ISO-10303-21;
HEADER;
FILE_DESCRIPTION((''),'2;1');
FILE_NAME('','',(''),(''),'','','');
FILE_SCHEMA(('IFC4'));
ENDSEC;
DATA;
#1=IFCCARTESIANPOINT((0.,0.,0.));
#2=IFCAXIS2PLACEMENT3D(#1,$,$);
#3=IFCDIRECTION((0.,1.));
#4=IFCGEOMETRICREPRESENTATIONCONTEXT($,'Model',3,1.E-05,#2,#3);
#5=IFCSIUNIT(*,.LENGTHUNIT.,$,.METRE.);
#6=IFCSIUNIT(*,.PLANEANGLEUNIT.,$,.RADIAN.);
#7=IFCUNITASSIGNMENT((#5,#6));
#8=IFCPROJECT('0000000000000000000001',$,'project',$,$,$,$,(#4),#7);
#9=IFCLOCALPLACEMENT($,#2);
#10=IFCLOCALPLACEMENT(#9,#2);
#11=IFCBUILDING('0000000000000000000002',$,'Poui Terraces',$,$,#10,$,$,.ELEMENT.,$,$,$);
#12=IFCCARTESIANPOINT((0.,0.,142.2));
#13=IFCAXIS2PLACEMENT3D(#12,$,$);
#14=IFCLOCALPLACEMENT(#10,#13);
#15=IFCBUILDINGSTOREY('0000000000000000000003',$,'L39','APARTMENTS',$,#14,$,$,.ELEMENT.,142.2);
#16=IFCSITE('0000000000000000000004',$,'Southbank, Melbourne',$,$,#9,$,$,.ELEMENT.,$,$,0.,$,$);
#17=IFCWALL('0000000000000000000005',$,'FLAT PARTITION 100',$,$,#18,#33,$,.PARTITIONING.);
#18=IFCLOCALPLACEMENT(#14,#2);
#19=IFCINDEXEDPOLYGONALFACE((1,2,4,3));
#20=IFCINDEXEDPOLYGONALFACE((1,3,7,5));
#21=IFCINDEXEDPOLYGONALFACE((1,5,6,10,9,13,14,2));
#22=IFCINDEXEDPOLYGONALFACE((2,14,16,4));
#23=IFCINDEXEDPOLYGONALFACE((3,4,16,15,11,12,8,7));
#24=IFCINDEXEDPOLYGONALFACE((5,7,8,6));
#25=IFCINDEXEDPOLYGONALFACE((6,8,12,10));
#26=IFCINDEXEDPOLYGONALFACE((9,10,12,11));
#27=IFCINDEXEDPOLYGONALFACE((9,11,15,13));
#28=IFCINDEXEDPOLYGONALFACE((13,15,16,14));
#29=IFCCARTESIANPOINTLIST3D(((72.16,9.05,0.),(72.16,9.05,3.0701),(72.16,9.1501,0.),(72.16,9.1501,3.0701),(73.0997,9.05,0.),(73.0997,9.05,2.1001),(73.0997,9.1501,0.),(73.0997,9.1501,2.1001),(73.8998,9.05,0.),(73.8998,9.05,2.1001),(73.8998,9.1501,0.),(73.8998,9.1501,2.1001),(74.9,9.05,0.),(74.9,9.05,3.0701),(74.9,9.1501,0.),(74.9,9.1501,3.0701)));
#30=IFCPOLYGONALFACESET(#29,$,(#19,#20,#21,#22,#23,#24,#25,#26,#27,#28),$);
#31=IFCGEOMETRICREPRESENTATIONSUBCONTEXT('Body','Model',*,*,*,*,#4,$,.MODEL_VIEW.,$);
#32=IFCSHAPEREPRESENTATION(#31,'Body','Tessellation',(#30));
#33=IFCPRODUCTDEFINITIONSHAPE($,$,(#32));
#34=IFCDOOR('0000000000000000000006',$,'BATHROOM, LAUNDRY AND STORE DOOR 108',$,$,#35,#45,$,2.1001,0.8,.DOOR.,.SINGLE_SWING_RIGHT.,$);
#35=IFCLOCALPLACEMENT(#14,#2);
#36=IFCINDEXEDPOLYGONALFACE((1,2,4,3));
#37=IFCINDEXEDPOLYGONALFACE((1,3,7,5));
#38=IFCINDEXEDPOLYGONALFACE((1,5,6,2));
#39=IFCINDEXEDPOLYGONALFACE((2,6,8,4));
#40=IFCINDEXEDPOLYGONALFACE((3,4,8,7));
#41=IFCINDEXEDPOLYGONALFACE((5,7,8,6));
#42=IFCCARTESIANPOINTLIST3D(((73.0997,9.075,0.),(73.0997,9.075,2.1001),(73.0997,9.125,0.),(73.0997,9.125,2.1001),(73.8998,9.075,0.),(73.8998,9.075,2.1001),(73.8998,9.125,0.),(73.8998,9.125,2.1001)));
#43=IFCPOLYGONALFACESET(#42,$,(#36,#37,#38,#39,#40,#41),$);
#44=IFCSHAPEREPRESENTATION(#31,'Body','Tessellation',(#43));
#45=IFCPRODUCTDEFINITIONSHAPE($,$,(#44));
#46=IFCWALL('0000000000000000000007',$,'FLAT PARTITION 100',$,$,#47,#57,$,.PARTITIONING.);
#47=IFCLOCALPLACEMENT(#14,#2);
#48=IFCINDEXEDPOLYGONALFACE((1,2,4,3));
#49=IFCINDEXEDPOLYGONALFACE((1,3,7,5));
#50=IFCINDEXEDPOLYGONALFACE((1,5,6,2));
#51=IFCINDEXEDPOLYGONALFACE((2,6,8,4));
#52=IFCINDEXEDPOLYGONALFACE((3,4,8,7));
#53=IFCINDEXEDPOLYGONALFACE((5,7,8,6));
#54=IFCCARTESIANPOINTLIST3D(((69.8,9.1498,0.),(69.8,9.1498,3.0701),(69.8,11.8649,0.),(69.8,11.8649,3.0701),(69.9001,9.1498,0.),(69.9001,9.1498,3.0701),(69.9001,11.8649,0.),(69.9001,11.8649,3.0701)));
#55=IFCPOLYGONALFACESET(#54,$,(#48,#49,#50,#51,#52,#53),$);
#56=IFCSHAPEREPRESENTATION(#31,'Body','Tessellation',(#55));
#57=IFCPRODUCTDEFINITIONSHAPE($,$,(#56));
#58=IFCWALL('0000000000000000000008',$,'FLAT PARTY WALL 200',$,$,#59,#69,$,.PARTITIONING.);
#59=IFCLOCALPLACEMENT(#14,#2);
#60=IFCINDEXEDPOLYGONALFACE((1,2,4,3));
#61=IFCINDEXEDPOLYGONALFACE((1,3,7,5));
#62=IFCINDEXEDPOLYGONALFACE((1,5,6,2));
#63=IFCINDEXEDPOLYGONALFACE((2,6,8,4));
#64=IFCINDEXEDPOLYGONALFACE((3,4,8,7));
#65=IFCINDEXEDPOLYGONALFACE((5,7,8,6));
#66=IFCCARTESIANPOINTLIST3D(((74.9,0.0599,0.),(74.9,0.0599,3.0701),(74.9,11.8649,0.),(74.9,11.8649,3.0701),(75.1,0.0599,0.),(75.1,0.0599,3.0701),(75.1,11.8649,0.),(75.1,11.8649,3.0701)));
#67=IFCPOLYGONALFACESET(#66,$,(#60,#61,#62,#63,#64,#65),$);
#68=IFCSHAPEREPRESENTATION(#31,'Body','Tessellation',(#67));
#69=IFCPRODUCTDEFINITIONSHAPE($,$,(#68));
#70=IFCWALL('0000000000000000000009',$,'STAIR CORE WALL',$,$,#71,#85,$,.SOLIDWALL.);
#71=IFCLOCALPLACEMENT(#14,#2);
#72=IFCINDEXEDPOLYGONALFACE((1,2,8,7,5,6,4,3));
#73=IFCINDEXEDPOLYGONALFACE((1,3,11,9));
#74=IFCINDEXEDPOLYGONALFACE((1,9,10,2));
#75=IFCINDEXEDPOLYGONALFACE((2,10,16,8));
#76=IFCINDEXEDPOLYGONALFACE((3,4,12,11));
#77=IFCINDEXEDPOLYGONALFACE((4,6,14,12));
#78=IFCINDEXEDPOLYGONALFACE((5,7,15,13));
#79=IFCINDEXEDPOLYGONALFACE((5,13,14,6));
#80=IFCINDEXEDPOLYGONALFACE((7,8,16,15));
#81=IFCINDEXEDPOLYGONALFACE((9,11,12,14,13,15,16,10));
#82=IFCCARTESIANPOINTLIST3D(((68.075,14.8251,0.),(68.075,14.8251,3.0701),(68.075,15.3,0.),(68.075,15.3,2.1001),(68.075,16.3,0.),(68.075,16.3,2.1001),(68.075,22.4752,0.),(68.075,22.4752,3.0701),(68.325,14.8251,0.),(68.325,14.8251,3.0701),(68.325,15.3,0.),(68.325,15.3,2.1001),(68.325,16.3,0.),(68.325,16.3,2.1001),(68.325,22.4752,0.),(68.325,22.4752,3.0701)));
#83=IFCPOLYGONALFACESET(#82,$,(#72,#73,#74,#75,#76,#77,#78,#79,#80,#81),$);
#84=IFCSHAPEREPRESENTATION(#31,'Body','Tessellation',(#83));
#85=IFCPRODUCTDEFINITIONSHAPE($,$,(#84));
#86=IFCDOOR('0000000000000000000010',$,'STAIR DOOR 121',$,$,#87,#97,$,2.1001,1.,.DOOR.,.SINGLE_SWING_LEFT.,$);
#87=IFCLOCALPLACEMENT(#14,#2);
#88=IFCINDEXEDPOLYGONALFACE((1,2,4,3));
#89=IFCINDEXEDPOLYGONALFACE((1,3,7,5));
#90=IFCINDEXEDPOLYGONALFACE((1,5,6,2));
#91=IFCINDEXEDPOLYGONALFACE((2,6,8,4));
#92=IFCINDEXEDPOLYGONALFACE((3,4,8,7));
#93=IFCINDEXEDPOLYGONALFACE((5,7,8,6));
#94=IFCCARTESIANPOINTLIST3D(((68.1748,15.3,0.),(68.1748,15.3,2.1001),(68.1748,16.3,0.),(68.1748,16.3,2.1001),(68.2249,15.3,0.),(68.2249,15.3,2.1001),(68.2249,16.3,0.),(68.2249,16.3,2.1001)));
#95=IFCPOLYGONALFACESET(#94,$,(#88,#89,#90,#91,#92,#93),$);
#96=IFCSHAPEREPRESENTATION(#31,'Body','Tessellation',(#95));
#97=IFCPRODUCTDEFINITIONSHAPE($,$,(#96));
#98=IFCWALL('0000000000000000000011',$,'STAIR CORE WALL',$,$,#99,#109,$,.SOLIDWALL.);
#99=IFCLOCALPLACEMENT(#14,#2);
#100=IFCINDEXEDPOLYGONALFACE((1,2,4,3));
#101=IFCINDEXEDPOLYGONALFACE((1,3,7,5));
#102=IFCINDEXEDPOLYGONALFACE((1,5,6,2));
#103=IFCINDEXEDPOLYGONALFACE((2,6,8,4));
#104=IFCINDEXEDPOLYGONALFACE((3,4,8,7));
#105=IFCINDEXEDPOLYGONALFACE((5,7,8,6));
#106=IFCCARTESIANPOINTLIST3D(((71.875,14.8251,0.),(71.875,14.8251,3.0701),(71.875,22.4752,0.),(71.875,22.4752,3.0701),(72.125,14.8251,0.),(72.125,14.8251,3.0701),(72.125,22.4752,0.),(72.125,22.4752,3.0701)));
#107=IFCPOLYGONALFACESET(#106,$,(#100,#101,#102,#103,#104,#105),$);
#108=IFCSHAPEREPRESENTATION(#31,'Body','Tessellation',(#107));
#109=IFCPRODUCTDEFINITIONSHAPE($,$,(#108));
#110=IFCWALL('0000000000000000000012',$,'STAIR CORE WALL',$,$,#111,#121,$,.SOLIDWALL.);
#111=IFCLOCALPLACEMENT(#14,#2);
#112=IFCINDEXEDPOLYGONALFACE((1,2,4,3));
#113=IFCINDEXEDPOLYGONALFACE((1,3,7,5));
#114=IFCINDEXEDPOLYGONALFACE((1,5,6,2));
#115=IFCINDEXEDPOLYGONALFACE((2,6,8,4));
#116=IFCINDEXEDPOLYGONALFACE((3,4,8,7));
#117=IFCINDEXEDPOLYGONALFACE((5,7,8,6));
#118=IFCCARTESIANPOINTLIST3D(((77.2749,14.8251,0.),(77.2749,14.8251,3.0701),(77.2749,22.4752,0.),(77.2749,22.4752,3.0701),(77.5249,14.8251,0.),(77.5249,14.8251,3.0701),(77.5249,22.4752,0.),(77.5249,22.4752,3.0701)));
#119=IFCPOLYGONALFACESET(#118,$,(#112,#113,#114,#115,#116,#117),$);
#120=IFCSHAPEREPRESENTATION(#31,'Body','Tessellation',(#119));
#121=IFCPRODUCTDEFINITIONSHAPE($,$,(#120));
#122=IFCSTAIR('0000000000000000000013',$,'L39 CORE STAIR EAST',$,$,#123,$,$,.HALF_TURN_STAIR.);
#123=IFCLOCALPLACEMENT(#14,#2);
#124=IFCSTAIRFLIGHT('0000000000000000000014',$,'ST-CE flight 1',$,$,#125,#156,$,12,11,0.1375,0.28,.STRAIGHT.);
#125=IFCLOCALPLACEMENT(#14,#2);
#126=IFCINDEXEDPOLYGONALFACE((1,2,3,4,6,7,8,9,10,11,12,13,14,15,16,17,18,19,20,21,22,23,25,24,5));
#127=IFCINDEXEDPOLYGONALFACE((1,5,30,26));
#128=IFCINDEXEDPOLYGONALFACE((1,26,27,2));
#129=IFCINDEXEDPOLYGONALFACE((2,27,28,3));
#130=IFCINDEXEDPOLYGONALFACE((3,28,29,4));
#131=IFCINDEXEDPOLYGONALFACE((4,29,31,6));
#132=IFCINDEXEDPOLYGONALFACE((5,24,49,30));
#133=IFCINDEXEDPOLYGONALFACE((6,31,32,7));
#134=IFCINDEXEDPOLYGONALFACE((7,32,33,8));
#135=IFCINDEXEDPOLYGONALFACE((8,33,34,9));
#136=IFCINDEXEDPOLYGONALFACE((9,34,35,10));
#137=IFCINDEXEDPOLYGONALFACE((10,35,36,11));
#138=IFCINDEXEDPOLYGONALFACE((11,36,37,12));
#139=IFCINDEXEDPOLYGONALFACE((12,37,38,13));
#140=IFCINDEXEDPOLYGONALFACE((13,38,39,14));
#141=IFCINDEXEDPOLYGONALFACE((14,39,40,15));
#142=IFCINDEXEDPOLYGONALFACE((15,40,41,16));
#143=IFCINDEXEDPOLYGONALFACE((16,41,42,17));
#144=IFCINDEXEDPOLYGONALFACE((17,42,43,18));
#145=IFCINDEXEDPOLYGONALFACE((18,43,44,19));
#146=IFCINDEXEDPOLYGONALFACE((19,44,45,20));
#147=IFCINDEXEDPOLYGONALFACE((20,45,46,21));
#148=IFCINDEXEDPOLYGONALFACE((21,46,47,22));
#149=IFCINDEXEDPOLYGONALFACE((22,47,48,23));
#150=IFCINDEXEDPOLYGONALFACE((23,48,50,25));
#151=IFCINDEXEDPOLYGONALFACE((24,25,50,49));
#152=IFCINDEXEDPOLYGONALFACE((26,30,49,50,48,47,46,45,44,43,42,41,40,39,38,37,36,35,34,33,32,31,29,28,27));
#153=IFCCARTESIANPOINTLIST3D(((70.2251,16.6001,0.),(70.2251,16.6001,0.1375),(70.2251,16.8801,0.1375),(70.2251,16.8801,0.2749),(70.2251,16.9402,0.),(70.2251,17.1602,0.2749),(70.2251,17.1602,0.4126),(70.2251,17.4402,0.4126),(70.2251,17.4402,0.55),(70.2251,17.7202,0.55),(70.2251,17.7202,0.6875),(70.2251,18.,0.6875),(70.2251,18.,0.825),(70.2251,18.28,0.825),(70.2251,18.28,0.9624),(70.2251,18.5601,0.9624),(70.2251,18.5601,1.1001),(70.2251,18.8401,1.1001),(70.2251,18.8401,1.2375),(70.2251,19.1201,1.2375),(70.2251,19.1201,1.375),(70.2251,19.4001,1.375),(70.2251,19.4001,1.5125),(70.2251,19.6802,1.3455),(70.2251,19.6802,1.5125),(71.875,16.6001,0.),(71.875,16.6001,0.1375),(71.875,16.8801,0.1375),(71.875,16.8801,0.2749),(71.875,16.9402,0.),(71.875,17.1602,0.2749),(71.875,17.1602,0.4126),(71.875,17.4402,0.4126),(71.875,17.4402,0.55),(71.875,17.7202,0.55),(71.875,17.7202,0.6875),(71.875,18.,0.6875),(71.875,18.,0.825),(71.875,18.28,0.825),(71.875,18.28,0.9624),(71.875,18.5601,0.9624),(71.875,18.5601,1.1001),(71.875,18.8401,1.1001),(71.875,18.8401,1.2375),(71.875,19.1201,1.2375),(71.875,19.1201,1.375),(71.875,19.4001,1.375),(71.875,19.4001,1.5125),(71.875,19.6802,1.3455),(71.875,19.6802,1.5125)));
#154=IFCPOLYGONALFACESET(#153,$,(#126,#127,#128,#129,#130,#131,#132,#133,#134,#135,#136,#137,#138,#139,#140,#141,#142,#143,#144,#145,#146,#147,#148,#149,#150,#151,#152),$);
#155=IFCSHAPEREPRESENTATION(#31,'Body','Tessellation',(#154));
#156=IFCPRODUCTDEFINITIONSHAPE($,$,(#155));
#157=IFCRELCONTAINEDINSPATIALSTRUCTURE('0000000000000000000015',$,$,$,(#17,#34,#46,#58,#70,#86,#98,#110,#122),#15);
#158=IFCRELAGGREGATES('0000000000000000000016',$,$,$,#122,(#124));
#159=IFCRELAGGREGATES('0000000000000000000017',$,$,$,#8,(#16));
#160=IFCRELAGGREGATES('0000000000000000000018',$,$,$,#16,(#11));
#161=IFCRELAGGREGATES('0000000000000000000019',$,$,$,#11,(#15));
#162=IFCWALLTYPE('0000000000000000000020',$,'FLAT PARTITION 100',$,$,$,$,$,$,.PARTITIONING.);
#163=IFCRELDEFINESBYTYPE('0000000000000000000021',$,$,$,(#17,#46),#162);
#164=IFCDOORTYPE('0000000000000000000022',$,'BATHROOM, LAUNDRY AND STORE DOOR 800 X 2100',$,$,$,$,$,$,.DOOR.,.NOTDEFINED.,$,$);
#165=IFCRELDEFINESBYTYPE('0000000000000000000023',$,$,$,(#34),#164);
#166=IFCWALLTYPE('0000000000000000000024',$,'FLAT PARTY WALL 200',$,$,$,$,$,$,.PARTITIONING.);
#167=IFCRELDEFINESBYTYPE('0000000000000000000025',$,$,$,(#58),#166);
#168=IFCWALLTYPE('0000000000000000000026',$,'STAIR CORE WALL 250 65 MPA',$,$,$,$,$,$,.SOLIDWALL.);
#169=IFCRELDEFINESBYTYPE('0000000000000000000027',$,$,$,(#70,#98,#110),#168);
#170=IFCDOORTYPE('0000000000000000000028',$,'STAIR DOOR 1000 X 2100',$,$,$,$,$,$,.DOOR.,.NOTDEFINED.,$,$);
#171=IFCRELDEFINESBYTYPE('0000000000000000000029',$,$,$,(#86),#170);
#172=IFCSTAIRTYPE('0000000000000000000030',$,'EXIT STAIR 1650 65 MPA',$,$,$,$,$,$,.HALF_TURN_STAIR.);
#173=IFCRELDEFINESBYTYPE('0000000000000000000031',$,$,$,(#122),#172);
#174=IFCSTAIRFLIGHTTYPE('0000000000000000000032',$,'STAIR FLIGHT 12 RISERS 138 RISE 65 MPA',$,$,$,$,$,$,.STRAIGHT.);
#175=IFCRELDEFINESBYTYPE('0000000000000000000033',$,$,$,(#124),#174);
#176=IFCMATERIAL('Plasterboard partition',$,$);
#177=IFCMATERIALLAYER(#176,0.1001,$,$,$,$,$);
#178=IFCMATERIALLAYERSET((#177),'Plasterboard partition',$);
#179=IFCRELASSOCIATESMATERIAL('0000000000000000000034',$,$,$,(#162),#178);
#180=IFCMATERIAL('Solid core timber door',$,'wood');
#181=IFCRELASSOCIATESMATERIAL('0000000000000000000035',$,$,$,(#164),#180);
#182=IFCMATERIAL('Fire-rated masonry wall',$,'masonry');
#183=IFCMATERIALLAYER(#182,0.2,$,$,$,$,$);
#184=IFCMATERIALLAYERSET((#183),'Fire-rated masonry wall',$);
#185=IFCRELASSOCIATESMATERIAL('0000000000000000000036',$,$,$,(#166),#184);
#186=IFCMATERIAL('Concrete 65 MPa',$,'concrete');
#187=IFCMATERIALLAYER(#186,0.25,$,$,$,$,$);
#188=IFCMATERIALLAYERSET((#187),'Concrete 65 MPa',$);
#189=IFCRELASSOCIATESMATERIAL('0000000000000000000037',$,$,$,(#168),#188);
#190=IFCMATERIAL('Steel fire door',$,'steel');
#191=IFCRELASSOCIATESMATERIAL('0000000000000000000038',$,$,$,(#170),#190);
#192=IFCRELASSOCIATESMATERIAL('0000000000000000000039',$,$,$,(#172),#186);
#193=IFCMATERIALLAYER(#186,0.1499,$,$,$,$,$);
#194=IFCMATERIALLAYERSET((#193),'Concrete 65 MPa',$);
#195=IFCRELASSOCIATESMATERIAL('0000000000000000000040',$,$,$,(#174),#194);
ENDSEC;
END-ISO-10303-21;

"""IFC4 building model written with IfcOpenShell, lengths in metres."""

from ifc_helpers import new_model, si_unit, direction, frame, frame_2d, origin, place, context, subcontext, project, spatial, polyline, rectangle, outline, extrude, material, layer, layer_set, type_object, element, fill, aggregate, save


model = new_model("IFC4")

# Units and contexts
model_context = context("Model", 3, precision=1e-05, world=origin(), true_north=direction((0.0, 1.0)))
body_context = subcontext(model_context, "Body", "Model", "MODEL_VIEW")
ifc_project = project(units=[si_unit("LENGTHUNIT", "METRE"), si_unit("PLANEANGLEUNIT", "RADIAN")], contexts=[model_context])

# Site, building, storey
site_placement = place(None, origin())
site = spatial("IfcSite", under=ifc_project, at=site_placement, Name="Southbank, Melbourne", CompositionType="ELEMENT", RefElevation=0.0)
building_placement = place(site_placement, origin())
building = spatial("IfcBuilding", under=site, at=building_placement, Name="Poui Terraces", CompositionType="ELEMENT")
storey_placement = place(building_placement, frame((0.0, 0.0, 142.2)))
storey = spatial("IfcBuildingStorey", under=building, at=storey_placement, Name="L39", Description="APARTMENTS", CompositionType="ELEMENT", Elevation=142.2)

# Shared definitions
ifc_material_1 = material(Name="Concrete 65 MPa", Category="concrete")

# Wall, opening, door
ifc_material_2 = material(Name="Solid core timber door", Category="wood")
ifc_material_3 = material(Name="Plasterboard partition")
ifc_layer_1 = layer(ifc_material_3, 0.1001)
ifc_layer_set_1 = layer_set([ifc_layer_1], Name="Plasterboard partition")
wall_type_1 = type_object("IfcWallType", Name="FLAT PARTITION 100", PredefinedType="PARTITIONING", material=ifc_layer_set_1)
door_type_1 = type_object("IfcDoorType", Name="BATHROOM, LAUNDRY AND STORE DOOR 800 X 2100", OperationType="NOTDEFINED", PredefinedType="DOOR", material=ifc_material_2)
wall_1_placement = place(storey_placement, frame((72.1599, 9.1001, 0.0), z_axis=(0.0, 0.0, 1.0), x_axis=(1.0, 0.0, 0.0)))
wall_1 = element("IfcWall", 1, at=wall_1_placement, inside=storey, type_object=wall_type_1, Name="FLAT PARTITION 100", PredefinedType="PARTITIONING", context=body_context, shape_type="SweptSolid", body=[
    extrude(rectangle(XDim=2.74, YDim=0.1001, at=frame_2d((1.3701, 0.0))), origin(), (0.0, 0.0, 1.0), 3.0701),
])
opening_1_placement = place(wall_1_placement, frame((0.9399, 0.0, 0.0)))
opening_1 = element("IfcOpeningElement", 2, at=opening_1_placement, cuts=wall_1, PredefinedType="OPENING", context=body_context, shape_type="SweptSolid", body=[
    extrude(rectangle(XDim=0.8, YDim=2.1001, at=frame_2d((0.3999, 1.05))), frame((0.0, 0.0601, 0.0), z_axis=(0.0, -1.0, 0.0), x_axis=(1.0, 0.0, 0.0)), (0.0, 0.0, 1.0), 0.1201),
])
door_1_placement = place(opening_1_placement, origin())
door_1 = element("IfcDoor", 3, at=door_1_placement, inside=storey, type_object=door_type_1, Name="BATHROOM, LAUNDRY AND STORE DOOR 108", OperationType="SINGLE_SWING_RIGHT", OverallHeight=2.1001, OverallWidth=0.8, PredefinedType="DOOR", context=body_context, shape_type="SweptSolid", body=[
    extrude(rectangle(XDim=0.8, YDim=2.1001, at=frame_2d((0.3999, 1.05))), frame((0.0, 0.0249, 0.0), z_axis=(0.0, -1.0, 0.0), x_axis=(1.0, 0.0, 0.0)), (0.0, 0.0, 1.0), 0.05),
])
fill(opening_1, door_1)

# Walls
wall_2_placement = place(storey_placement, frame((69.8501, 9.1499, 0.0), z_axis=(0.0, 0.0, 1.0), x_axis=(0.0, 1.0, 0.0)))
element("IfcWall", 4, at=wall_2_placement, inside=storey, type_object=wall_type_1, Name="FLAT PARTITION 100", PredefinedType="PARTITIONING", context=body_context, shape_type="SweptSolid", body=[
    extrude(rectangle(XDim=2.7151, YDim=0.1001, at=frame_2d((1.3574, 0.0))), origin(), (0.0, 0.0, 1.0), 3.0701),
])
ifc_material_4 = material(Name="Fire-rated masonry wall", Category="masonry")
ifc_layer_2 = layer(ifc_material_4, 0.2)
ifc_layer_set_2 = layer_set([ifc_layer_2], Name="Fire-rated masonry wall")
wall_type_2 = type_object("IfcWallType", Name="FLAT PARTY WALL 200", PredefinedType="PARTITIONING", material=ifc_layer_set_2)
wall_3_placement = place(storey_placement, frame((75.0, 0.0601, 0.0), z_axis=(0.0, 0.0, 1.0), x_axis=(0.0, 1.0, 0.0)))
element("IfcWall", 5, at=wall_3_placement, inside=storey, type_object=wall_type_2, Name="FLAT PARTY WALL 200", PredefinedType="PARTITIONING", context=body_context, shape_type="SweptSolid", body=[
    extrude(rectangle(XDim=11.8049, YDim=0.2, at=frame_2d((5.9023, 0.0))), origin(), (0.0, 0.0, 1.0), 3.0701),
])

# Wall, opening, door
ifc_layer_3 = layer(ifc_material_1, 0.25)
ifc_layer_set_3 = layer_set([ifc_layer_3], Name="Concrete 65 MPa")
wall_type_3 = type_object("IfcWallType", Name="STAIR CORE WALL 250 65 MPA", PredefinedType="SOLIDWALL", material=ifc_layer_set_3)
wall_4_placement = place(storey_placement, frame((68.2, 14.825, 0.0), z_axis=(0.0, 0.0, 1.0), x_axis=(0.0, 1.0, 0.0)))
wall_4 = element("IfcWall", 6, at=wall_4_placement, inside=storey, type_object=wall_type_3, Name="STAIR CORE WALL", PredefinedType="SOLIDWALL", context=body_context, shape_type="SweptSolid", body=[
    extrude(rectangle(XDim=7.6501, YDim=0.25, at=frame_2d((3.8252, 0.0))), origin(), (0.0, 0.0, 1.0), 3.0701),
])
opening_2_placement = place(wall_4_placement, frame((0.4751, 0.0, 0.0)))
opening_2 = element("IfcOpeningElement", 7, at=opening_2_placement, cuts=wall_4, PredefinedType="OPENING", context=body_context, shape_type="SweptSolid", body=[
    extrude(rectangle(XDim=1.0, YDim=2.1001, at=frame_2d((0.5, 1.05))), frame((0.0, 0.135, 0.0), z_axis=(0.0, -1.0, 0.0), x_axis=(1.0, 0.0, 0.0)), (0.0, 0.0, 1.0), 0.27),
])
ifc_material_5 = material(Name="Steel fire door", Category="steel")
door_type_2 = type_object("IfcDoorType", Name="STAIR DOOR 1000 X 2100", OperationType="NOTDEFINED", PredefinedType="DOOR", material=ifc_material_5)
door_2_placement = place(opening_2_placement, frame((1.0, 0.0, 0.0), z_axis=(0.0, 0.0, 1.0), x_axis=(-1.0, 0.0, 0.0)))
door_2 = element("IfcDoor", 8, at=door_2_placement, inside=storey, type_object=door_type_2, Name="STAIR DOOR 121", OperationType="SINGLE_SWING_LEFT", OverallHeight=2.1001, OverallWidth=1.0, PredefinedType="DOOR", context=body_context, shape_type="SweptSolid", body=[
    extrude(rectangle(XDim=1.0, YDim=2.1001, at=frame_2d((0.5, 1.05))), frame((0.0, 0.0249, 0.0), z_axis=(0.0, -1.0, 0.0), x_axis=(1.0, 0.0, 0.0)), (0.0, 0.0, 1.0), 0.05),
])
fill(opening_2, door_2)

# Walls
for number, where, z_axis, x_axis, name in (
    (9, (72.0, 14.825, 0.0), (0.0, 0.0, 1.0), (0.0, 1.0, 0.0), "STAIR CORE WALL"),
    (10, (77.3999, 14.825, 0.0), (0.0, 0.0, 1.0), (0.0, 1.0, 0.0), "STAIR CORE WALL"),
):
    element("IfcWall", number, at=place(storey_placement, frame(where, z_axis=z_axis, x_axis=x_axis)), inside=storey, type_object=wall_type_3, Name=name, PredefinedType="SOLIDWALL", context=body_context, shape_type="SweptSolid", body=[
        extrude(rectangle(XDim=7.6501, YDim=0.25, at=frame_2d((3.8252, 0.0))), origin(), (0.0, 0.0, 1.0), 3.0701),
    ])

# Stair, stair flight
stair_type = type_object("IfcStairType", Name="EXIT STAIR 1650 65 MPA", PredefinedType="HALF_TURN_STAIR", material=ifc_material_1)
stair_placement = place(storey_placement, origin())
stair = element("IfcStair", 11, at=stair_placement, inside=storey, type_object=stair_type, Name="L39 CORE STAIR EAST", PredefinedType="HALF_TURN_STAIR")
ifc_layer_4 = layer(ifc_material_1, 0.1499)
ifc_layer_set_4 = layer_set([ifc_layer_4], Name="Concrete 65 MPa")
stair_flight_type = type_object("IfcStairFlightType", Name="STAIR FLIGHT 12 RISERS 138 RISE 65 MPA", PredefinedType="STRAIGHT", material=ifc_layer_set_4)
stair_flight_1_placement = place(storey_placement, frame((71.05, 16.6001, 0.0), z_axis=(0.0, 0.0, 1.0), x_axis=(0.0, 1.0, 0.0)))
stair_flight_1 = element("IfcStairFlight", 12, at=stair_flight_1_placement, type_object=stair_flight_type, Name="ST-CE flight 1", NumberOfRisers=12, NumberOfTreads=11, PredefinedType="STRAIGHT", RiserHeight=0.1375, TreadLength=0.28, context=body_context, shape_type="SweptSolid", body=[
    extrude(outline(polyline([(0.0, 0.0), (0.0, 0.1375), (0.28, 0.1375), (0.28, 0.2749), (0.5601, 0.2749), (0.5601, 0.4126), (0.8401, 0.4126), (0.8401, 0.55), (1.1201, 0.55), (1.1201, 0.6875), (1.3999, 0.6875), (1.3999, 0.825), (1.6799, 0.825), (1.6799, 0.9624), (1.96, 0.9624), (1.96, 1.1001), (2.24, 1.1001), (2.24, 1.2375), (2.52, 1.2375), (2.52, 1.375), (2.8, 1.375), (2.8, 1.5125), (3.0801, 1.5125), (3.0801, 1.6499), (3.0801, 1.3455), (0.3401, 0.0), (0.0, 0.0)])), frame((0.0, 0.825, 0.0), z_axis=(0.0, -1.0, 0.0), x_axis=(1.0, 0.0, 0.0)), (0.0, 0.0, 1.0), 1.6499),
])
aggregate(stair, [stair_flight_1])

save(model, "model.ifc")
